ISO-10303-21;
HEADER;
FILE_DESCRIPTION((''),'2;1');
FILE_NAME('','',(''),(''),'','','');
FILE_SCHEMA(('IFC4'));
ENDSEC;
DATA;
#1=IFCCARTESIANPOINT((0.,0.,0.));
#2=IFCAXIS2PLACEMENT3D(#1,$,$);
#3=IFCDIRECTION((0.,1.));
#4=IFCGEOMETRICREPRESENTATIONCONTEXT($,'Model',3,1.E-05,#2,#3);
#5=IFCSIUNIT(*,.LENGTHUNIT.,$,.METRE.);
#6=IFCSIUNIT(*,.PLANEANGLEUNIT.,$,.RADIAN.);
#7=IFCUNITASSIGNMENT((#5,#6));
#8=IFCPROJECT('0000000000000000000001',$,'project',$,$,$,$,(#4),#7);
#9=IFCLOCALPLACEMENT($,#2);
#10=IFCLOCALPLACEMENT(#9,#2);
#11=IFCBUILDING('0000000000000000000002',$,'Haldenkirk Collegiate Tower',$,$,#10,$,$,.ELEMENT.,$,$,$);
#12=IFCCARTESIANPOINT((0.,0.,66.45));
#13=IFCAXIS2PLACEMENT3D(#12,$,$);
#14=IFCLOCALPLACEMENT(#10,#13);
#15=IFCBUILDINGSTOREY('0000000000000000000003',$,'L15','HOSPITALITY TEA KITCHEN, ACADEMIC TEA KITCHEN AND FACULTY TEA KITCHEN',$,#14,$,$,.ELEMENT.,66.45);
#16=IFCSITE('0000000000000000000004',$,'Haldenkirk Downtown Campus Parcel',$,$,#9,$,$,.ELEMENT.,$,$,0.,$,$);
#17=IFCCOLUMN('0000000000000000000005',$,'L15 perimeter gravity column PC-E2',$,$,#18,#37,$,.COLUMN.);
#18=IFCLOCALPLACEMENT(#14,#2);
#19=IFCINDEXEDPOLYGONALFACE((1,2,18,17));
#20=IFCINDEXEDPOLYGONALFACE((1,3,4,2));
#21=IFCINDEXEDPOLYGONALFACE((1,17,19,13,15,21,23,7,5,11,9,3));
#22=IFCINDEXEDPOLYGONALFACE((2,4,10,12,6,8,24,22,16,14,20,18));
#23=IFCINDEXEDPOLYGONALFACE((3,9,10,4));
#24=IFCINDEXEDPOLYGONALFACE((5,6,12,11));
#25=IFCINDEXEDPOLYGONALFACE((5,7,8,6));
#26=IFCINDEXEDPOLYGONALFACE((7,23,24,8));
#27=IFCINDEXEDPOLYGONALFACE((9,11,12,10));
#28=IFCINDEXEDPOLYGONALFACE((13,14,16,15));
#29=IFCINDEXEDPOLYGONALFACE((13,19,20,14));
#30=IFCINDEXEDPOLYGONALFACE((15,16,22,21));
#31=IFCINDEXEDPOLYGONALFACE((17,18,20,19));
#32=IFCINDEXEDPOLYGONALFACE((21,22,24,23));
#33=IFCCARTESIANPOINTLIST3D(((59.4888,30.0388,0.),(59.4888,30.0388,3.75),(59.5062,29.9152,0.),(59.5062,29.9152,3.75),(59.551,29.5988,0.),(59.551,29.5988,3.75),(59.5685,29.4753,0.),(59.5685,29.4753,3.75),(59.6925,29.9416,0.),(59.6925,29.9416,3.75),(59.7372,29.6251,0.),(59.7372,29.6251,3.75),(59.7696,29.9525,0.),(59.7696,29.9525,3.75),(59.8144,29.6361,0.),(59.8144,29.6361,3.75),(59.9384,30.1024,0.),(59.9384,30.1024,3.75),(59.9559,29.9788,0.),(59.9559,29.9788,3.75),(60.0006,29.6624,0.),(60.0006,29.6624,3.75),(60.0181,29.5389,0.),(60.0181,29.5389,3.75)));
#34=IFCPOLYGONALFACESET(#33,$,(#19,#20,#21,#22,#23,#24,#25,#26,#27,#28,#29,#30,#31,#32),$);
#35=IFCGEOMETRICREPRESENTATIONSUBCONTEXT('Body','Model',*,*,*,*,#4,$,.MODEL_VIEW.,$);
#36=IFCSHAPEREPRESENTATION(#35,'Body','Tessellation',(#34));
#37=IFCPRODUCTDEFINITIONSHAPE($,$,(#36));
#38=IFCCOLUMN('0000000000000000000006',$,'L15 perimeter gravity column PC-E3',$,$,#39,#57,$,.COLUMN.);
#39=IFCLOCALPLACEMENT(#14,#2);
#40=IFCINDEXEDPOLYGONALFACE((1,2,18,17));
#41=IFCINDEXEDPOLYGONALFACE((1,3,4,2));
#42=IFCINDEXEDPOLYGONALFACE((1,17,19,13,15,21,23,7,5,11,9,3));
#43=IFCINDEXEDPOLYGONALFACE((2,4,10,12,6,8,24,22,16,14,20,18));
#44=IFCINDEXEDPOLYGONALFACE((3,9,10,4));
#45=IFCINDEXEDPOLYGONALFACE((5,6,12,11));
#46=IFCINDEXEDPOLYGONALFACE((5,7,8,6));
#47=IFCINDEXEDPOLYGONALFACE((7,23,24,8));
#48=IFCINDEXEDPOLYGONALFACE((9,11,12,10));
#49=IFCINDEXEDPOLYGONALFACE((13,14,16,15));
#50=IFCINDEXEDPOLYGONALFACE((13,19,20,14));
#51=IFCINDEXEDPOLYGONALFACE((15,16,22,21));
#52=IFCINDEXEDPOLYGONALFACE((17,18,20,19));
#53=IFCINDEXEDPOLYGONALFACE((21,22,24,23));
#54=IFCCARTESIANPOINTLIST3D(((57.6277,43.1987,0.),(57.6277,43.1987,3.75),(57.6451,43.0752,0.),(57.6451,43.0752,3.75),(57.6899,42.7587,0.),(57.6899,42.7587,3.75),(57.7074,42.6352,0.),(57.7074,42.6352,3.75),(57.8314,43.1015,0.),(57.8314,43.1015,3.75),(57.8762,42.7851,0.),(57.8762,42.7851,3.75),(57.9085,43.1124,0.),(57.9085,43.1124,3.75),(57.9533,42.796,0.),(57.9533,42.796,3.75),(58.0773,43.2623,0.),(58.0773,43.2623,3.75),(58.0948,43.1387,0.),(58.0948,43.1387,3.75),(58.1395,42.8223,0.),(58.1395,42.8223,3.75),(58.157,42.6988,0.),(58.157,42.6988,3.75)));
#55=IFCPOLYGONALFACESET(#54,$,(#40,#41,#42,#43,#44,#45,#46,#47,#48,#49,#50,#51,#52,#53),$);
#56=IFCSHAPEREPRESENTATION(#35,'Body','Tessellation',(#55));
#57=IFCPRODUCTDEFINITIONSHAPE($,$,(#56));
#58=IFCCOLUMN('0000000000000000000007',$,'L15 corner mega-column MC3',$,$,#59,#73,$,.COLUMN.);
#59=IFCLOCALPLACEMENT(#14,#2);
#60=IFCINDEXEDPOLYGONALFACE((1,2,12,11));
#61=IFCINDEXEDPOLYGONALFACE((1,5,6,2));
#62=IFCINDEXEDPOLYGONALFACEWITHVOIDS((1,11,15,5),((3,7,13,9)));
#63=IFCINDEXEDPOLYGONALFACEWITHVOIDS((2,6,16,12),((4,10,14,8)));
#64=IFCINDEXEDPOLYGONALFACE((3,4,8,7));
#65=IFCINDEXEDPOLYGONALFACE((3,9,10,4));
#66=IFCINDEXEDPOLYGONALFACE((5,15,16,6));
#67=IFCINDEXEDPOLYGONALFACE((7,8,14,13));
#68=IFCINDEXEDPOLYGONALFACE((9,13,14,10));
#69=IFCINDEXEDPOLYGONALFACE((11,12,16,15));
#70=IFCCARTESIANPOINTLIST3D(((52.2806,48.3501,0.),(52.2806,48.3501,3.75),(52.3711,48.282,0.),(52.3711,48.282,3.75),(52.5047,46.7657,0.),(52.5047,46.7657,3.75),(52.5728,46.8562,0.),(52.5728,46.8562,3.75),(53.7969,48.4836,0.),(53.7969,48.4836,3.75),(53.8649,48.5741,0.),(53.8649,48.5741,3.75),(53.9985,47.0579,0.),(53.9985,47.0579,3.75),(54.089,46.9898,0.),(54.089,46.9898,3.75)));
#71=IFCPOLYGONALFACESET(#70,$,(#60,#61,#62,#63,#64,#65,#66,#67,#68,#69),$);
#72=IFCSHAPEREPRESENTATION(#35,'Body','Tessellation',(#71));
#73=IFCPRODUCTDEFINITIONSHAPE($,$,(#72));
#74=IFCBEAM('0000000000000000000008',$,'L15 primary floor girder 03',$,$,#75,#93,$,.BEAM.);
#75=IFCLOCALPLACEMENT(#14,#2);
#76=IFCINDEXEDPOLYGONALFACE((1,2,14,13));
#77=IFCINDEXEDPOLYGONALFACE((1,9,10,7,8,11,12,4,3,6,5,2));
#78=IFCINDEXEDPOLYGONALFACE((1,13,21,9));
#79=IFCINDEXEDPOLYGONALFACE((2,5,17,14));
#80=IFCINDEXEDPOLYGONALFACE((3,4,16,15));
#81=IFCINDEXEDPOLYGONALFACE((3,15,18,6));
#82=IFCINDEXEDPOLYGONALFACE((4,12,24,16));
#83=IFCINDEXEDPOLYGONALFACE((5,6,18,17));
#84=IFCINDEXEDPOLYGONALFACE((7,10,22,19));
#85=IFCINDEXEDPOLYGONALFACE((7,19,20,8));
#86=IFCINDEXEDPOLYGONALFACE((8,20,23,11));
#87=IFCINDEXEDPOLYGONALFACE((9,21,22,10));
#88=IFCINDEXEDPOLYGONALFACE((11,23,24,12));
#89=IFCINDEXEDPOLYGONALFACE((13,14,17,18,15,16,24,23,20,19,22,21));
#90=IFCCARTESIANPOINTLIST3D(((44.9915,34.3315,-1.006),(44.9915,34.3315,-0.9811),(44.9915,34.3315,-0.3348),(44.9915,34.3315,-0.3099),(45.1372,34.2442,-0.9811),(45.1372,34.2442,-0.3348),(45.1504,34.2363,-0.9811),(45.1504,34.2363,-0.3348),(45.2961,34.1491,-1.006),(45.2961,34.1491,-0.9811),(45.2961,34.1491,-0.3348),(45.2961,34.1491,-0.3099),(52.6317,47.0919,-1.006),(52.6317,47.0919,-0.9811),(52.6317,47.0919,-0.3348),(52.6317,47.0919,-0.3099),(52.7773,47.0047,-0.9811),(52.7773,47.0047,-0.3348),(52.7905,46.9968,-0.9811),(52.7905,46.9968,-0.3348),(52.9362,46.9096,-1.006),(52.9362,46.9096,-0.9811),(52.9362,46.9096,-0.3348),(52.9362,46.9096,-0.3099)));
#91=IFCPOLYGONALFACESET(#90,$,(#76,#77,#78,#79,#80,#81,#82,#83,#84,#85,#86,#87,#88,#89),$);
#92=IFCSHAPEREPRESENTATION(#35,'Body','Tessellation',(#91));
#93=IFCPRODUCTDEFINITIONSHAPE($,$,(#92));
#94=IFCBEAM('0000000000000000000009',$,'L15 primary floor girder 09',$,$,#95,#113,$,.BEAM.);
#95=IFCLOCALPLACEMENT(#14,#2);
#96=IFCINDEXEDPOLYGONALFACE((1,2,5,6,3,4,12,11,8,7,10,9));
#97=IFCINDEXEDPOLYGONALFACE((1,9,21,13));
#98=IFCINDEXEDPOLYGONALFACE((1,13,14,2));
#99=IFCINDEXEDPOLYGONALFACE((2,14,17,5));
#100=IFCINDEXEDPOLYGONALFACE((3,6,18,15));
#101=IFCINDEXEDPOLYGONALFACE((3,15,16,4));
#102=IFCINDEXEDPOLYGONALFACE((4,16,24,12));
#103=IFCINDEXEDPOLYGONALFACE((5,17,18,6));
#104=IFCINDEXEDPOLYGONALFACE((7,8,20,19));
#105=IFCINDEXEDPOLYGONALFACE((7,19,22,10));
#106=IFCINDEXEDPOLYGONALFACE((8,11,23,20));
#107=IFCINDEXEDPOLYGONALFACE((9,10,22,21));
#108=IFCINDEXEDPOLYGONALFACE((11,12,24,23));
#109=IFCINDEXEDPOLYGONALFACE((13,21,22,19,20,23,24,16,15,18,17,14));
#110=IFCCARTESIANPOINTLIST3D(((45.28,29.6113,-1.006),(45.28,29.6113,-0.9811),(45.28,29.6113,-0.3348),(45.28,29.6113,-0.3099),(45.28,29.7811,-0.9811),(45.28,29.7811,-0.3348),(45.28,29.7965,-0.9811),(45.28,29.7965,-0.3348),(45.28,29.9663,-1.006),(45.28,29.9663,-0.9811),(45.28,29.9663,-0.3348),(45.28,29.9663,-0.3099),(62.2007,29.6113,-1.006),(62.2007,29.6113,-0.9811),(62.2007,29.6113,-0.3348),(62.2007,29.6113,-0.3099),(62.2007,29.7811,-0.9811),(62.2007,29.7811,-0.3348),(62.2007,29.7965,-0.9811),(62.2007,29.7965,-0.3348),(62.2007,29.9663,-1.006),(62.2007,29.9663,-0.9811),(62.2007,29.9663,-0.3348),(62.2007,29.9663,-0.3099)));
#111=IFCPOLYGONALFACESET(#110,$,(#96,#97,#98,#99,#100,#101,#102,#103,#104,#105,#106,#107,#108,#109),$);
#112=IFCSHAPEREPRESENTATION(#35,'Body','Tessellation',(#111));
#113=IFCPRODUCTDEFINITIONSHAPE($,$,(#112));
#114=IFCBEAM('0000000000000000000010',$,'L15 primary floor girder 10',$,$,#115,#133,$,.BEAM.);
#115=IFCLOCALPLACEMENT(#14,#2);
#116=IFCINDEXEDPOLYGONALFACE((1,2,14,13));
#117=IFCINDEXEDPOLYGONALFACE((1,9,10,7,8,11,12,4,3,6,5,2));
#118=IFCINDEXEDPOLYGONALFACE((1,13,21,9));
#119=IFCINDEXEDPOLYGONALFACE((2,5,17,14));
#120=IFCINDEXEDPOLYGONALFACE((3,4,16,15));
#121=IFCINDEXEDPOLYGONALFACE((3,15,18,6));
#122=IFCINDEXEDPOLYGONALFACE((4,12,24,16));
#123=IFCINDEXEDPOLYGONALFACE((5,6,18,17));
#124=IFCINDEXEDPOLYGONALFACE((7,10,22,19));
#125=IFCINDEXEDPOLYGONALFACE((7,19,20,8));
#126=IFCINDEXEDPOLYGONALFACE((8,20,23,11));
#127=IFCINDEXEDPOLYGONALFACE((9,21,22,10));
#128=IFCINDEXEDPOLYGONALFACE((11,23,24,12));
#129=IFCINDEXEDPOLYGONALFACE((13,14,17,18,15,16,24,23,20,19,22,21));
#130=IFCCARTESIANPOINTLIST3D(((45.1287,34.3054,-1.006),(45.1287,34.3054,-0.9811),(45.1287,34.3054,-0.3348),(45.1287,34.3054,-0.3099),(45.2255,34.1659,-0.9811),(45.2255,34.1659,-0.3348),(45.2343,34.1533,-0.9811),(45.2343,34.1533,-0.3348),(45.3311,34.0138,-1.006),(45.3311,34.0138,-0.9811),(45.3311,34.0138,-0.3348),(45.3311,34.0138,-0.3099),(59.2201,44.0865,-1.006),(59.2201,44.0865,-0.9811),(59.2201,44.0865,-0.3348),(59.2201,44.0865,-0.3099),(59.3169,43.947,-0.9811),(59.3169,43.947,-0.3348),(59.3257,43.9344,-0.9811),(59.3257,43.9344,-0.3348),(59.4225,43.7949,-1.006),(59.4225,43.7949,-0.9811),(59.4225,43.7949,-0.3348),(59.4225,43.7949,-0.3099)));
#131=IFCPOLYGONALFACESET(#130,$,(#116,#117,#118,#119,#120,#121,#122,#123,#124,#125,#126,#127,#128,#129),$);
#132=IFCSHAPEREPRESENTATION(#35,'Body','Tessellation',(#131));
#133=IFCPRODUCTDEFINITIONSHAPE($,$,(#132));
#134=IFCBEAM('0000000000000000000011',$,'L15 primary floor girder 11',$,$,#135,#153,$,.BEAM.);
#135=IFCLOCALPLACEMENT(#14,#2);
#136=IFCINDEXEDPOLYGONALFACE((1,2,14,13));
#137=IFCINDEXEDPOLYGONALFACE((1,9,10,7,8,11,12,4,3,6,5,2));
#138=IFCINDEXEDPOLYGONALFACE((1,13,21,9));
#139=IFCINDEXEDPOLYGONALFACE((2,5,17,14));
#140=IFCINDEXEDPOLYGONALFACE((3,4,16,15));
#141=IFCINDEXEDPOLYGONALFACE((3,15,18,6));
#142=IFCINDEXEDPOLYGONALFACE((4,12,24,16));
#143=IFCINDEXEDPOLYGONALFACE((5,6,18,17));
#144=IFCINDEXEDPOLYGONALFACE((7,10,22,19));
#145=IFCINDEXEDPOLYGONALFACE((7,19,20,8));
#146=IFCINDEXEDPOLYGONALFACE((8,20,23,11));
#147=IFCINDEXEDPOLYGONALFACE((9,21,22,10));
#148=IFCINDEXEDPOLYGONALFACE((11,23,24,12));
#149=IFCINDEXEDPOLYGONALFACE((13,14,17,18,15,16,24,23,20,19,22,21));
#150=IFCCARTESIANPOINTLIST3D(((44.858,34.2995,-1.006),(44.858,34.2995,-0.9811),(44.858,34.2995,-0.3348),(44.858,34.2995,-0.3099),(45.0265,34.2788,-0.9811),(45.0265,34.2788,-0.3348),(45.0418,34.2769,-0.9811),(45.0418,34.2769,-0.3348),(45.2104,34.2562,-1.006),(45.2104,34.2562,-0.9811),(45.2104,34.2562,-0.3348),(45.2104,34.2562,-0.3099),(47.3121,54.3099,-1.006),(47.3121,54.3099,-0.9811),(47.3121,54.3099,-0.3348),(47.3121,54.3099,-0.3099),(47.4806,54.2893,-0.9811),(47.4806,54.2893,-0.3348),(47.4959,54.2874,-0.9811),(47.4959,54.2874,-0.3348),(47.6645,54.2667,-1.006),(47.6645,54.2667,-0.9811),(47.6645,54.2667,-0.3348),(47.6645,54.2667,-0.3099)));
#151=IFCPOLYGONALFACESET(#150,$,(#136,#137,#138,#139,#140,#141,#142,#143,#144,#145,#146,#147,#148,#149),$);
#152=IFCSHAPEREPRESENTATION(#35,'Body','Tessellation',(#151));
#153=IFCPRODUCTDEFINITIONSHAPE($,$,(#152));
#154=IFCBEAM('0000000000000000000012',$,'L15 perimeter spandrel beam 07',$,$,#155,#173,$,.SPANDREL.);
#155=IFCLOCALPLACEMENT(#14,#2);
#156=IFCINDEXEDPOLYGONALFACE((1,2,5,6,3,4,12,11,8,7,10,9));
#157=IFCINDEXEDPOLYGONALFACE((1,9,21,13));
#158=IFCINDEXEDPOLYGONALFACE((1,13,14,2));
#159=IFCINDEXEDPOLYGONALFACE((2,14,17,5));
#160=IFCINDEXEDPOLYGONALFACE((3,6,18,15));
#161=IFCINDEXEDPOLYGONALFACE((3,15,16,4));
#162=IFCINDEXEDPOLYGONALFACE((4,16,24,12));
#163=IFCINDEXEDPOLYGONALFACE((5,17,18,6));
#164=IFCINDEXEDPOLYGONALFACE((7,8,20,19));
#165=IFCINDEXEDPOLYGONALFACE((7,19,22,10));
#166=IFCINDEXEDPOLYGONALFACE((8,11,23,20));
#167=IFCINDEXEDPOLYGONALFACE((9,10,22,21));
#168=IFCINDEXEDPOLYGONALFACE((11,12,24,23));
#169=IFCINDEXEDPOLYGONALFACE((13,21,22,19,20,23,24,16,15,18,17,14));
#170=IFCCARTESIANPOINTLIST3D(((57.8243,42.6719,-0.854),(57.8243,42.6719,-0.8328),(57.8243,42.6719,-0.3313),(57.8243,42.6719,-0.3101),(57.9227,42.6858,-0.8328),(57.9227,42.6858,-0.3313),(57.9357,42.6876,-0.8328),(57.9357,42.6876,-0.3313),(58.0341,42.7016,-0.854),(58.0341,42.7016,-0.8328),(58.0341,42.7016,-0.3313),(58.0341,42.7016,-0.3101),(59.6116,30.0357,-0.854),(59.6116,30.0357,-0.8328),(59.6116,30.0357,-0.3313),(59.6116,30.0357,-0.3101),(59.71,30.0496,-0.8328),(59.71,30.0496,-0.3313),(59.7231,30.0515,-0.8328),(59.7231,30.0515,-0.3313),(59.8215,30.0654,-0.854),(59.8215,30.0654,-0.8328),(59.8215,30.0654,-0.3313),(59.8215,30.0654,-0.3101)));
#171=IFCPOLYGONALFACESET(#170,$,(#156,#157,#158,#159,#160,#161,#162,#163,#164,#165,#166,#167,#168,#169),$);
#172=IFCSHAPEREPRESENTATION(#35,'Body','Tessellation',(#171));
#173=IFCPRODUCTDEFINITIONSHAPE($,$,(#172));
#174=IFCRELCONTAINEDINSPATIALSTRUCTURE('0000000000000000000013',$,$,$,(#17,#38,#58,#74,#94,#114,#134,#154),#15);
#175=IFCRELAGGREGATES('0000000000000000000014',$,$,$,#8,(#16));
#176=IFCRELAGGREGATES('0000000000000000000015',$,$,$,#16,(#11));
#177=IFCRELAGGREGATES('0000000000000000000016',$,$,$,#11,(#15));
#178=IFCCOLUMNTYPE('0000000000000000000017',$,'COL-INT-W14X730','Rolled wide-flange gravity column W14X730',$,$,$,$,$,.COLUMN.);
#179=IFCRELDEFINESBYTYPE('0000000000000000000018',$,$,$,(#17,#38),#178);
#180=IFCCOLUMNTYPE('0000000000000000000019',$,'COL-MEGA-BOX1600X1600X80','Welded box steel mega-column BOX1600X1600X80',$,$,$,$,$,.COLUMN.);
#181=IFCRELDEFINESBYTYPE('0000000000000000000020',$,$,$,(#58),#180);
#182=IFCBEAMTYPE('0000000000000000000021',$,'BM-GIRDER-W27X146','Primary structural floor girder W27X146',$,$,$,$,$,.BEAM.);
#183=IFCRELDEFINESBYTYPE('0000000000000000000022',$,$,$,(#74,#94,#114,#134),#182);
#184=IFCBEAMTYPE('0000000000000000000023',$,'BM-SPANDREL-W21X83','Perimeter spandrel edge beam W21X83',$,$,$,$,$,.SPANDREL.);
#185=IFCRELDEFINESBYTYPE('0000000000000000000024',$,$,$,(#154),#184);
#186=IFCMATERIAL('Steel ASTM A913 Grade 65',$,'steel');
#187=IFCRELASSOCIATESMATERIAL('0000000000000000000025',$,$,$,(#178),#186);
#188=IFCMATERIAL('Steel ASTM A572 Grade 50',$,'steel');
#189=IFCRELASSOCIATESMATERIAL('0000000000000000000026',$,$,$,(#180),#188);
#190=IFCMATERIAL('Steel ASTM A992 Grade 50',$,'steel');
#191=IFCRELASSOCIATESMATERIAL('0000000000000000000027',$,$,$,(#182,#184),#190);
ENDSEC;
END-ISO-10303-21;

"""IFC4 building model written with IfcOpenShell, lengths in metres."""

from ifc_helpers import new_model, si_unit, direction, frame, origin, origin_2d, place, context, subcontext, project, spatial, hollow_rectangle, i_section, extrude, material, material_profile, profile_set, type_object, element, save


model = new_model("IFC4")

# Units and contexts
model_context = context("Model", 3, precision=1e-05, world=origin(), true_north=direction((0.0, 1.0)))
body_context = subcontext(model_context, "Body", "Model", "MODEL_VIEW")
ifc_project = project(units=[si_unit("LENGTHUNIT", "METRE"), si_unit("PLANEANGLEUNIT", "RADIAN")], contexts=[model_context])

# Site, building, storey
site_placement = place(None, origin())
site = spatial("IfcSite", under=ifc_project, at=site_placement, Name="Haldenkirk Downtown Campus Parcel", CompositionType="ELEMENT", RefElevation=0.0)
building_placement = place(site_placement, origin())
building = spatial("IfcBuilding", under=site, at=building_placement, Name="Haldenkirk Collegiate Tower", CompositionType="ELEMENT")
storey_placement = place(building_placement, frame((0.0, 0.0, 66.45)))
storey = spatial("IfcBuildingStorey", under=building, at=storey_placement, Name="L15", Description="HOSPITALITY TEA KITCHEN, ACADEMIC TEA KITCHEN AND FACULTY TEA KITCHEN", CompositionType="ELEMENT", Elevation=66.45)

# Columns
ifc_material_1 = material(Name="Steel ASTM A913 Grade 65", Category="steel")
ifc_material_profile_1 = material_profile(ifc_material_1, i_section(OverallWidth=0.4541, OverallDepth=0.5691, WebThickness=0.0779, FlangeThickness=0.1248, at=origin_2d()), Name="W14X730")
ifc_profile_set_1 = profile_set([ifc_material_profile_1], Name="Steel ASTM A913 Grade 65")
column_type_1 = type_object("IfcColumnType", Name="COL-INT-W14X730", Description="Rolled wide-flange gravity column W14X730", PredefinedType="COLUMN", material=ifc_profile_set_1)
for number, where, z_axis, x_axis, name in (
    (1, (59.7534, 29.7888, 0.0), (0.0, 0.0, 1.0), (0.990146, 0.140037, 0.0), "L15 perimeter gravity column PC-E2"),
    (2, (57.8923, 42.9487, 0.0), (0.0, 0.0, 1.0), (0.990146, 0.140037, 0.0), "L15 perimeter gravity column PC-E3"),
):
    element("IfcColumn", number, at=place(storey_placement, frame(where, z_axis=z_axis, x_axis=x_axis)), inside=storey, type_object=column_type_1, Name=name, PredefinedType="COLUMN", context=body_context, shape_type="SweptSolid", body=[
        extrude(i_section(OverallWidth=0.4541, OverallDepth=0.5691, WebThickness=0.0779, FlangeThickness=0.1248, at=origin_2d()), origin(), (0.0, 0.0, 1.0), 3.75),
    ])
ifc_material_2 = material(Name="Steel ASTM A572 Grade 50", Category="steel")
ifc_material_profile_2 = material_profile(ifc_material_2, hollow_rectangle(XDim=1.6001, YDim=1.6001, WallThickness=0.0801, at=origin_2d()), Name="BOX1600X1600X80")
ifc_profile_set_2 = profile_set([ifc_material_profile_2], Name="Steel ASTM A572 Grade 50")
column_type_2 = type_object("IfcColumnType", Name="COL-MEGA-BOX1600X1600X80", Description="Welded box steel mega-column BOX1600X1600X80", PredefinedType="COLUMN", material=ifc_profile_set_2)
column_placement = place(storey_placement, frame((53.1848, 47.6699, 0.0), z_axis=(0.0, 0.0, 1.0), x_axis=(0.990146, 0.140037, 0.0)))
element("IfcColumn", 3, at=column_placement, inside=storey, type_object=column_type_2, Name="L15 corner mega-column MC3", PredefinedType="COLUMN", context=body_context, shape_type="SweptSolid", body=[
    extrude(hollow_rectangle(XDim=1.6001, YDim=1.6001, WallThickness=0.0801, at=origin_2d()), origin(), (0.0, 0.0, 1.0), 3.75),
])

# Beams
ifc_material_3 = material(Name="Steel ASTM A992 Grade 50", Category="steel")
ifc_material_profile_3 = material_profile(ifc_material_3, i_section(OverallWidth=0.355, OverallDepth=0.696, WebThickness=0.0154, FlangeThickness=0.0249, at=origin_2d()), Name="W27X146")
ifc_profile_set_3 = profile_set([ifc_material_profile_3], Name="Steel ASTM A992 Grade 50")
beam_type_1 = type_object("IfcBeamType", Name="BM-GIRDER-W27X146", Description="Primary structural floor girder W27X146", PredefinedType="BEAM", material=ifc_profile_set_3)
beam_1_placement = place(storey_placement, frame((52.7839, 47.0007, -0.658), z_axis=(-0.513696, -0.857972, 0.0), x_axis=(0.857972, -0.513696, 0.0)))
element("IfcBeam", 4, at=beam_1_placement, inside=storey, type_object=beam_type_1, Name="L15 primary floor girder 03", PredefinedType="BEAM", context=body_context, shape_type="SweptSolid", body=[
    extrude(i_section(OverallWidth=0.355, OverallDepth=0.696, WebThickness=0.0154, FlangeThickness=0.0249, at=origin_2d()), origin(), (0.0, 0.0, 1.0), 14.8728),
])
beam_2_placement = place(storey_placement, frame((62.2007, 29.7888, -0.658), z_axis=(-1.0, 0.0, 0.0), x_axis=(0.0, -1.0, 0.0)))
element("IfcBeam", 5, at=beam_2_placement, inside=storey, type_object=beam_type_1, Name="L15 primary floor girder 09", PredefinedType="BEAM", context=body_context, shape_type="SweptSolid", body=[
    extrude(i_section(OverallWidth=0.355, OverallDepth=0.696, WebThickness=0.0154, FlangeThickness=0.0249, at=origin_2d()), origin(), (0.0, 0.0, 1.0), 16.9207),
])
beam_3_placement = place(storey_placement, frame((59.3213, 43.9407, -0.658), z_axis=(-0.821496, -0.570214, 0.0), x_axis=(0.570214, -0.821496, 0.0)))
element("IfcBeam", 6, at=beam_3_placement, inside=storey, type_object=beam_type_1, Name="L15 primary floor girder 10", PredefinedType="BEAM", context=body_context, shape_type="SweptSolid", body=[
    extrude(i_section(OverallWidth=0.355, OverallDepth=0.696, WebThickness=0.0154, FlangeThickness=0.0249, at=origin_2d()), origin(), (0.0, 0.0, 1.0), 17.1533),
])
beam_4_placement = place(storey_placement, frame((47.4883, 54.2883, -0.658), z_axis=(-0.121729, -0.992563, 0.0), x_axis=(0.992563, -0.121729, 0.0)))
element("IfcBeam", 7, at=beam_4_placement, inside=storey, type_object=beam_type_1, Name="L15 primary floor girder 11", PredefinedType="BEAM", context=body_context, shape_type="SweptSolid", body=[
    extrude(i_section(OverallWidth=0.355, OverallDepth=0.696, WebThickness=0.0154, FlangeThickness=0.0249, at=origin_2d()), origin(), (0.0, 0.0, 1.0), 20.1604),
])
ifc_material_profile_4 = material_profile(ifc_material_3, i_section(OverallWidth=0.2119, OverallDepth=0.5439, WebThickness=0.0132, FlangeThickness=0.0212, at=origin_2d()), Name="W21X83")
ifc_profile_set_4 = profile_set([ifc_material_profile_4], Name="Steel ASTM A992 Grade 50")
beam_type_2 = type_object("IfcBeamType", Name="BM-SPANDREL-W21X83", Description="Perimeter spandrel edge beam W21X83", PredefinedType="SPANDREL", material=ifc_profile_set_4)
beam_5_placement = place(storey_placement, frame((59.7166, 30.0505, -0.582), z_axis=(-0.140053, 0.990144, 0.0), x_axis=(-0.990144, -0.140053, 0.0)))
element("IfcBeam", 8, at=beam_5_placement, inside=storey, type_object=beam_type_2, Name="L15 perimeter spandrel beam 07", PredefinedType="SPANDREL", context=body_context, shape_type="SweptSolid", body=[
    extrude(i_section(OverallWidth=0.2119, OverallDepth=0.5439, WebThickness=0.0132, FlangeThickness=0.0212, at=origin_2d()), origin(), (0.0, 0.0, 1.0), 12.762),
])

save(model, "model.ifc")
